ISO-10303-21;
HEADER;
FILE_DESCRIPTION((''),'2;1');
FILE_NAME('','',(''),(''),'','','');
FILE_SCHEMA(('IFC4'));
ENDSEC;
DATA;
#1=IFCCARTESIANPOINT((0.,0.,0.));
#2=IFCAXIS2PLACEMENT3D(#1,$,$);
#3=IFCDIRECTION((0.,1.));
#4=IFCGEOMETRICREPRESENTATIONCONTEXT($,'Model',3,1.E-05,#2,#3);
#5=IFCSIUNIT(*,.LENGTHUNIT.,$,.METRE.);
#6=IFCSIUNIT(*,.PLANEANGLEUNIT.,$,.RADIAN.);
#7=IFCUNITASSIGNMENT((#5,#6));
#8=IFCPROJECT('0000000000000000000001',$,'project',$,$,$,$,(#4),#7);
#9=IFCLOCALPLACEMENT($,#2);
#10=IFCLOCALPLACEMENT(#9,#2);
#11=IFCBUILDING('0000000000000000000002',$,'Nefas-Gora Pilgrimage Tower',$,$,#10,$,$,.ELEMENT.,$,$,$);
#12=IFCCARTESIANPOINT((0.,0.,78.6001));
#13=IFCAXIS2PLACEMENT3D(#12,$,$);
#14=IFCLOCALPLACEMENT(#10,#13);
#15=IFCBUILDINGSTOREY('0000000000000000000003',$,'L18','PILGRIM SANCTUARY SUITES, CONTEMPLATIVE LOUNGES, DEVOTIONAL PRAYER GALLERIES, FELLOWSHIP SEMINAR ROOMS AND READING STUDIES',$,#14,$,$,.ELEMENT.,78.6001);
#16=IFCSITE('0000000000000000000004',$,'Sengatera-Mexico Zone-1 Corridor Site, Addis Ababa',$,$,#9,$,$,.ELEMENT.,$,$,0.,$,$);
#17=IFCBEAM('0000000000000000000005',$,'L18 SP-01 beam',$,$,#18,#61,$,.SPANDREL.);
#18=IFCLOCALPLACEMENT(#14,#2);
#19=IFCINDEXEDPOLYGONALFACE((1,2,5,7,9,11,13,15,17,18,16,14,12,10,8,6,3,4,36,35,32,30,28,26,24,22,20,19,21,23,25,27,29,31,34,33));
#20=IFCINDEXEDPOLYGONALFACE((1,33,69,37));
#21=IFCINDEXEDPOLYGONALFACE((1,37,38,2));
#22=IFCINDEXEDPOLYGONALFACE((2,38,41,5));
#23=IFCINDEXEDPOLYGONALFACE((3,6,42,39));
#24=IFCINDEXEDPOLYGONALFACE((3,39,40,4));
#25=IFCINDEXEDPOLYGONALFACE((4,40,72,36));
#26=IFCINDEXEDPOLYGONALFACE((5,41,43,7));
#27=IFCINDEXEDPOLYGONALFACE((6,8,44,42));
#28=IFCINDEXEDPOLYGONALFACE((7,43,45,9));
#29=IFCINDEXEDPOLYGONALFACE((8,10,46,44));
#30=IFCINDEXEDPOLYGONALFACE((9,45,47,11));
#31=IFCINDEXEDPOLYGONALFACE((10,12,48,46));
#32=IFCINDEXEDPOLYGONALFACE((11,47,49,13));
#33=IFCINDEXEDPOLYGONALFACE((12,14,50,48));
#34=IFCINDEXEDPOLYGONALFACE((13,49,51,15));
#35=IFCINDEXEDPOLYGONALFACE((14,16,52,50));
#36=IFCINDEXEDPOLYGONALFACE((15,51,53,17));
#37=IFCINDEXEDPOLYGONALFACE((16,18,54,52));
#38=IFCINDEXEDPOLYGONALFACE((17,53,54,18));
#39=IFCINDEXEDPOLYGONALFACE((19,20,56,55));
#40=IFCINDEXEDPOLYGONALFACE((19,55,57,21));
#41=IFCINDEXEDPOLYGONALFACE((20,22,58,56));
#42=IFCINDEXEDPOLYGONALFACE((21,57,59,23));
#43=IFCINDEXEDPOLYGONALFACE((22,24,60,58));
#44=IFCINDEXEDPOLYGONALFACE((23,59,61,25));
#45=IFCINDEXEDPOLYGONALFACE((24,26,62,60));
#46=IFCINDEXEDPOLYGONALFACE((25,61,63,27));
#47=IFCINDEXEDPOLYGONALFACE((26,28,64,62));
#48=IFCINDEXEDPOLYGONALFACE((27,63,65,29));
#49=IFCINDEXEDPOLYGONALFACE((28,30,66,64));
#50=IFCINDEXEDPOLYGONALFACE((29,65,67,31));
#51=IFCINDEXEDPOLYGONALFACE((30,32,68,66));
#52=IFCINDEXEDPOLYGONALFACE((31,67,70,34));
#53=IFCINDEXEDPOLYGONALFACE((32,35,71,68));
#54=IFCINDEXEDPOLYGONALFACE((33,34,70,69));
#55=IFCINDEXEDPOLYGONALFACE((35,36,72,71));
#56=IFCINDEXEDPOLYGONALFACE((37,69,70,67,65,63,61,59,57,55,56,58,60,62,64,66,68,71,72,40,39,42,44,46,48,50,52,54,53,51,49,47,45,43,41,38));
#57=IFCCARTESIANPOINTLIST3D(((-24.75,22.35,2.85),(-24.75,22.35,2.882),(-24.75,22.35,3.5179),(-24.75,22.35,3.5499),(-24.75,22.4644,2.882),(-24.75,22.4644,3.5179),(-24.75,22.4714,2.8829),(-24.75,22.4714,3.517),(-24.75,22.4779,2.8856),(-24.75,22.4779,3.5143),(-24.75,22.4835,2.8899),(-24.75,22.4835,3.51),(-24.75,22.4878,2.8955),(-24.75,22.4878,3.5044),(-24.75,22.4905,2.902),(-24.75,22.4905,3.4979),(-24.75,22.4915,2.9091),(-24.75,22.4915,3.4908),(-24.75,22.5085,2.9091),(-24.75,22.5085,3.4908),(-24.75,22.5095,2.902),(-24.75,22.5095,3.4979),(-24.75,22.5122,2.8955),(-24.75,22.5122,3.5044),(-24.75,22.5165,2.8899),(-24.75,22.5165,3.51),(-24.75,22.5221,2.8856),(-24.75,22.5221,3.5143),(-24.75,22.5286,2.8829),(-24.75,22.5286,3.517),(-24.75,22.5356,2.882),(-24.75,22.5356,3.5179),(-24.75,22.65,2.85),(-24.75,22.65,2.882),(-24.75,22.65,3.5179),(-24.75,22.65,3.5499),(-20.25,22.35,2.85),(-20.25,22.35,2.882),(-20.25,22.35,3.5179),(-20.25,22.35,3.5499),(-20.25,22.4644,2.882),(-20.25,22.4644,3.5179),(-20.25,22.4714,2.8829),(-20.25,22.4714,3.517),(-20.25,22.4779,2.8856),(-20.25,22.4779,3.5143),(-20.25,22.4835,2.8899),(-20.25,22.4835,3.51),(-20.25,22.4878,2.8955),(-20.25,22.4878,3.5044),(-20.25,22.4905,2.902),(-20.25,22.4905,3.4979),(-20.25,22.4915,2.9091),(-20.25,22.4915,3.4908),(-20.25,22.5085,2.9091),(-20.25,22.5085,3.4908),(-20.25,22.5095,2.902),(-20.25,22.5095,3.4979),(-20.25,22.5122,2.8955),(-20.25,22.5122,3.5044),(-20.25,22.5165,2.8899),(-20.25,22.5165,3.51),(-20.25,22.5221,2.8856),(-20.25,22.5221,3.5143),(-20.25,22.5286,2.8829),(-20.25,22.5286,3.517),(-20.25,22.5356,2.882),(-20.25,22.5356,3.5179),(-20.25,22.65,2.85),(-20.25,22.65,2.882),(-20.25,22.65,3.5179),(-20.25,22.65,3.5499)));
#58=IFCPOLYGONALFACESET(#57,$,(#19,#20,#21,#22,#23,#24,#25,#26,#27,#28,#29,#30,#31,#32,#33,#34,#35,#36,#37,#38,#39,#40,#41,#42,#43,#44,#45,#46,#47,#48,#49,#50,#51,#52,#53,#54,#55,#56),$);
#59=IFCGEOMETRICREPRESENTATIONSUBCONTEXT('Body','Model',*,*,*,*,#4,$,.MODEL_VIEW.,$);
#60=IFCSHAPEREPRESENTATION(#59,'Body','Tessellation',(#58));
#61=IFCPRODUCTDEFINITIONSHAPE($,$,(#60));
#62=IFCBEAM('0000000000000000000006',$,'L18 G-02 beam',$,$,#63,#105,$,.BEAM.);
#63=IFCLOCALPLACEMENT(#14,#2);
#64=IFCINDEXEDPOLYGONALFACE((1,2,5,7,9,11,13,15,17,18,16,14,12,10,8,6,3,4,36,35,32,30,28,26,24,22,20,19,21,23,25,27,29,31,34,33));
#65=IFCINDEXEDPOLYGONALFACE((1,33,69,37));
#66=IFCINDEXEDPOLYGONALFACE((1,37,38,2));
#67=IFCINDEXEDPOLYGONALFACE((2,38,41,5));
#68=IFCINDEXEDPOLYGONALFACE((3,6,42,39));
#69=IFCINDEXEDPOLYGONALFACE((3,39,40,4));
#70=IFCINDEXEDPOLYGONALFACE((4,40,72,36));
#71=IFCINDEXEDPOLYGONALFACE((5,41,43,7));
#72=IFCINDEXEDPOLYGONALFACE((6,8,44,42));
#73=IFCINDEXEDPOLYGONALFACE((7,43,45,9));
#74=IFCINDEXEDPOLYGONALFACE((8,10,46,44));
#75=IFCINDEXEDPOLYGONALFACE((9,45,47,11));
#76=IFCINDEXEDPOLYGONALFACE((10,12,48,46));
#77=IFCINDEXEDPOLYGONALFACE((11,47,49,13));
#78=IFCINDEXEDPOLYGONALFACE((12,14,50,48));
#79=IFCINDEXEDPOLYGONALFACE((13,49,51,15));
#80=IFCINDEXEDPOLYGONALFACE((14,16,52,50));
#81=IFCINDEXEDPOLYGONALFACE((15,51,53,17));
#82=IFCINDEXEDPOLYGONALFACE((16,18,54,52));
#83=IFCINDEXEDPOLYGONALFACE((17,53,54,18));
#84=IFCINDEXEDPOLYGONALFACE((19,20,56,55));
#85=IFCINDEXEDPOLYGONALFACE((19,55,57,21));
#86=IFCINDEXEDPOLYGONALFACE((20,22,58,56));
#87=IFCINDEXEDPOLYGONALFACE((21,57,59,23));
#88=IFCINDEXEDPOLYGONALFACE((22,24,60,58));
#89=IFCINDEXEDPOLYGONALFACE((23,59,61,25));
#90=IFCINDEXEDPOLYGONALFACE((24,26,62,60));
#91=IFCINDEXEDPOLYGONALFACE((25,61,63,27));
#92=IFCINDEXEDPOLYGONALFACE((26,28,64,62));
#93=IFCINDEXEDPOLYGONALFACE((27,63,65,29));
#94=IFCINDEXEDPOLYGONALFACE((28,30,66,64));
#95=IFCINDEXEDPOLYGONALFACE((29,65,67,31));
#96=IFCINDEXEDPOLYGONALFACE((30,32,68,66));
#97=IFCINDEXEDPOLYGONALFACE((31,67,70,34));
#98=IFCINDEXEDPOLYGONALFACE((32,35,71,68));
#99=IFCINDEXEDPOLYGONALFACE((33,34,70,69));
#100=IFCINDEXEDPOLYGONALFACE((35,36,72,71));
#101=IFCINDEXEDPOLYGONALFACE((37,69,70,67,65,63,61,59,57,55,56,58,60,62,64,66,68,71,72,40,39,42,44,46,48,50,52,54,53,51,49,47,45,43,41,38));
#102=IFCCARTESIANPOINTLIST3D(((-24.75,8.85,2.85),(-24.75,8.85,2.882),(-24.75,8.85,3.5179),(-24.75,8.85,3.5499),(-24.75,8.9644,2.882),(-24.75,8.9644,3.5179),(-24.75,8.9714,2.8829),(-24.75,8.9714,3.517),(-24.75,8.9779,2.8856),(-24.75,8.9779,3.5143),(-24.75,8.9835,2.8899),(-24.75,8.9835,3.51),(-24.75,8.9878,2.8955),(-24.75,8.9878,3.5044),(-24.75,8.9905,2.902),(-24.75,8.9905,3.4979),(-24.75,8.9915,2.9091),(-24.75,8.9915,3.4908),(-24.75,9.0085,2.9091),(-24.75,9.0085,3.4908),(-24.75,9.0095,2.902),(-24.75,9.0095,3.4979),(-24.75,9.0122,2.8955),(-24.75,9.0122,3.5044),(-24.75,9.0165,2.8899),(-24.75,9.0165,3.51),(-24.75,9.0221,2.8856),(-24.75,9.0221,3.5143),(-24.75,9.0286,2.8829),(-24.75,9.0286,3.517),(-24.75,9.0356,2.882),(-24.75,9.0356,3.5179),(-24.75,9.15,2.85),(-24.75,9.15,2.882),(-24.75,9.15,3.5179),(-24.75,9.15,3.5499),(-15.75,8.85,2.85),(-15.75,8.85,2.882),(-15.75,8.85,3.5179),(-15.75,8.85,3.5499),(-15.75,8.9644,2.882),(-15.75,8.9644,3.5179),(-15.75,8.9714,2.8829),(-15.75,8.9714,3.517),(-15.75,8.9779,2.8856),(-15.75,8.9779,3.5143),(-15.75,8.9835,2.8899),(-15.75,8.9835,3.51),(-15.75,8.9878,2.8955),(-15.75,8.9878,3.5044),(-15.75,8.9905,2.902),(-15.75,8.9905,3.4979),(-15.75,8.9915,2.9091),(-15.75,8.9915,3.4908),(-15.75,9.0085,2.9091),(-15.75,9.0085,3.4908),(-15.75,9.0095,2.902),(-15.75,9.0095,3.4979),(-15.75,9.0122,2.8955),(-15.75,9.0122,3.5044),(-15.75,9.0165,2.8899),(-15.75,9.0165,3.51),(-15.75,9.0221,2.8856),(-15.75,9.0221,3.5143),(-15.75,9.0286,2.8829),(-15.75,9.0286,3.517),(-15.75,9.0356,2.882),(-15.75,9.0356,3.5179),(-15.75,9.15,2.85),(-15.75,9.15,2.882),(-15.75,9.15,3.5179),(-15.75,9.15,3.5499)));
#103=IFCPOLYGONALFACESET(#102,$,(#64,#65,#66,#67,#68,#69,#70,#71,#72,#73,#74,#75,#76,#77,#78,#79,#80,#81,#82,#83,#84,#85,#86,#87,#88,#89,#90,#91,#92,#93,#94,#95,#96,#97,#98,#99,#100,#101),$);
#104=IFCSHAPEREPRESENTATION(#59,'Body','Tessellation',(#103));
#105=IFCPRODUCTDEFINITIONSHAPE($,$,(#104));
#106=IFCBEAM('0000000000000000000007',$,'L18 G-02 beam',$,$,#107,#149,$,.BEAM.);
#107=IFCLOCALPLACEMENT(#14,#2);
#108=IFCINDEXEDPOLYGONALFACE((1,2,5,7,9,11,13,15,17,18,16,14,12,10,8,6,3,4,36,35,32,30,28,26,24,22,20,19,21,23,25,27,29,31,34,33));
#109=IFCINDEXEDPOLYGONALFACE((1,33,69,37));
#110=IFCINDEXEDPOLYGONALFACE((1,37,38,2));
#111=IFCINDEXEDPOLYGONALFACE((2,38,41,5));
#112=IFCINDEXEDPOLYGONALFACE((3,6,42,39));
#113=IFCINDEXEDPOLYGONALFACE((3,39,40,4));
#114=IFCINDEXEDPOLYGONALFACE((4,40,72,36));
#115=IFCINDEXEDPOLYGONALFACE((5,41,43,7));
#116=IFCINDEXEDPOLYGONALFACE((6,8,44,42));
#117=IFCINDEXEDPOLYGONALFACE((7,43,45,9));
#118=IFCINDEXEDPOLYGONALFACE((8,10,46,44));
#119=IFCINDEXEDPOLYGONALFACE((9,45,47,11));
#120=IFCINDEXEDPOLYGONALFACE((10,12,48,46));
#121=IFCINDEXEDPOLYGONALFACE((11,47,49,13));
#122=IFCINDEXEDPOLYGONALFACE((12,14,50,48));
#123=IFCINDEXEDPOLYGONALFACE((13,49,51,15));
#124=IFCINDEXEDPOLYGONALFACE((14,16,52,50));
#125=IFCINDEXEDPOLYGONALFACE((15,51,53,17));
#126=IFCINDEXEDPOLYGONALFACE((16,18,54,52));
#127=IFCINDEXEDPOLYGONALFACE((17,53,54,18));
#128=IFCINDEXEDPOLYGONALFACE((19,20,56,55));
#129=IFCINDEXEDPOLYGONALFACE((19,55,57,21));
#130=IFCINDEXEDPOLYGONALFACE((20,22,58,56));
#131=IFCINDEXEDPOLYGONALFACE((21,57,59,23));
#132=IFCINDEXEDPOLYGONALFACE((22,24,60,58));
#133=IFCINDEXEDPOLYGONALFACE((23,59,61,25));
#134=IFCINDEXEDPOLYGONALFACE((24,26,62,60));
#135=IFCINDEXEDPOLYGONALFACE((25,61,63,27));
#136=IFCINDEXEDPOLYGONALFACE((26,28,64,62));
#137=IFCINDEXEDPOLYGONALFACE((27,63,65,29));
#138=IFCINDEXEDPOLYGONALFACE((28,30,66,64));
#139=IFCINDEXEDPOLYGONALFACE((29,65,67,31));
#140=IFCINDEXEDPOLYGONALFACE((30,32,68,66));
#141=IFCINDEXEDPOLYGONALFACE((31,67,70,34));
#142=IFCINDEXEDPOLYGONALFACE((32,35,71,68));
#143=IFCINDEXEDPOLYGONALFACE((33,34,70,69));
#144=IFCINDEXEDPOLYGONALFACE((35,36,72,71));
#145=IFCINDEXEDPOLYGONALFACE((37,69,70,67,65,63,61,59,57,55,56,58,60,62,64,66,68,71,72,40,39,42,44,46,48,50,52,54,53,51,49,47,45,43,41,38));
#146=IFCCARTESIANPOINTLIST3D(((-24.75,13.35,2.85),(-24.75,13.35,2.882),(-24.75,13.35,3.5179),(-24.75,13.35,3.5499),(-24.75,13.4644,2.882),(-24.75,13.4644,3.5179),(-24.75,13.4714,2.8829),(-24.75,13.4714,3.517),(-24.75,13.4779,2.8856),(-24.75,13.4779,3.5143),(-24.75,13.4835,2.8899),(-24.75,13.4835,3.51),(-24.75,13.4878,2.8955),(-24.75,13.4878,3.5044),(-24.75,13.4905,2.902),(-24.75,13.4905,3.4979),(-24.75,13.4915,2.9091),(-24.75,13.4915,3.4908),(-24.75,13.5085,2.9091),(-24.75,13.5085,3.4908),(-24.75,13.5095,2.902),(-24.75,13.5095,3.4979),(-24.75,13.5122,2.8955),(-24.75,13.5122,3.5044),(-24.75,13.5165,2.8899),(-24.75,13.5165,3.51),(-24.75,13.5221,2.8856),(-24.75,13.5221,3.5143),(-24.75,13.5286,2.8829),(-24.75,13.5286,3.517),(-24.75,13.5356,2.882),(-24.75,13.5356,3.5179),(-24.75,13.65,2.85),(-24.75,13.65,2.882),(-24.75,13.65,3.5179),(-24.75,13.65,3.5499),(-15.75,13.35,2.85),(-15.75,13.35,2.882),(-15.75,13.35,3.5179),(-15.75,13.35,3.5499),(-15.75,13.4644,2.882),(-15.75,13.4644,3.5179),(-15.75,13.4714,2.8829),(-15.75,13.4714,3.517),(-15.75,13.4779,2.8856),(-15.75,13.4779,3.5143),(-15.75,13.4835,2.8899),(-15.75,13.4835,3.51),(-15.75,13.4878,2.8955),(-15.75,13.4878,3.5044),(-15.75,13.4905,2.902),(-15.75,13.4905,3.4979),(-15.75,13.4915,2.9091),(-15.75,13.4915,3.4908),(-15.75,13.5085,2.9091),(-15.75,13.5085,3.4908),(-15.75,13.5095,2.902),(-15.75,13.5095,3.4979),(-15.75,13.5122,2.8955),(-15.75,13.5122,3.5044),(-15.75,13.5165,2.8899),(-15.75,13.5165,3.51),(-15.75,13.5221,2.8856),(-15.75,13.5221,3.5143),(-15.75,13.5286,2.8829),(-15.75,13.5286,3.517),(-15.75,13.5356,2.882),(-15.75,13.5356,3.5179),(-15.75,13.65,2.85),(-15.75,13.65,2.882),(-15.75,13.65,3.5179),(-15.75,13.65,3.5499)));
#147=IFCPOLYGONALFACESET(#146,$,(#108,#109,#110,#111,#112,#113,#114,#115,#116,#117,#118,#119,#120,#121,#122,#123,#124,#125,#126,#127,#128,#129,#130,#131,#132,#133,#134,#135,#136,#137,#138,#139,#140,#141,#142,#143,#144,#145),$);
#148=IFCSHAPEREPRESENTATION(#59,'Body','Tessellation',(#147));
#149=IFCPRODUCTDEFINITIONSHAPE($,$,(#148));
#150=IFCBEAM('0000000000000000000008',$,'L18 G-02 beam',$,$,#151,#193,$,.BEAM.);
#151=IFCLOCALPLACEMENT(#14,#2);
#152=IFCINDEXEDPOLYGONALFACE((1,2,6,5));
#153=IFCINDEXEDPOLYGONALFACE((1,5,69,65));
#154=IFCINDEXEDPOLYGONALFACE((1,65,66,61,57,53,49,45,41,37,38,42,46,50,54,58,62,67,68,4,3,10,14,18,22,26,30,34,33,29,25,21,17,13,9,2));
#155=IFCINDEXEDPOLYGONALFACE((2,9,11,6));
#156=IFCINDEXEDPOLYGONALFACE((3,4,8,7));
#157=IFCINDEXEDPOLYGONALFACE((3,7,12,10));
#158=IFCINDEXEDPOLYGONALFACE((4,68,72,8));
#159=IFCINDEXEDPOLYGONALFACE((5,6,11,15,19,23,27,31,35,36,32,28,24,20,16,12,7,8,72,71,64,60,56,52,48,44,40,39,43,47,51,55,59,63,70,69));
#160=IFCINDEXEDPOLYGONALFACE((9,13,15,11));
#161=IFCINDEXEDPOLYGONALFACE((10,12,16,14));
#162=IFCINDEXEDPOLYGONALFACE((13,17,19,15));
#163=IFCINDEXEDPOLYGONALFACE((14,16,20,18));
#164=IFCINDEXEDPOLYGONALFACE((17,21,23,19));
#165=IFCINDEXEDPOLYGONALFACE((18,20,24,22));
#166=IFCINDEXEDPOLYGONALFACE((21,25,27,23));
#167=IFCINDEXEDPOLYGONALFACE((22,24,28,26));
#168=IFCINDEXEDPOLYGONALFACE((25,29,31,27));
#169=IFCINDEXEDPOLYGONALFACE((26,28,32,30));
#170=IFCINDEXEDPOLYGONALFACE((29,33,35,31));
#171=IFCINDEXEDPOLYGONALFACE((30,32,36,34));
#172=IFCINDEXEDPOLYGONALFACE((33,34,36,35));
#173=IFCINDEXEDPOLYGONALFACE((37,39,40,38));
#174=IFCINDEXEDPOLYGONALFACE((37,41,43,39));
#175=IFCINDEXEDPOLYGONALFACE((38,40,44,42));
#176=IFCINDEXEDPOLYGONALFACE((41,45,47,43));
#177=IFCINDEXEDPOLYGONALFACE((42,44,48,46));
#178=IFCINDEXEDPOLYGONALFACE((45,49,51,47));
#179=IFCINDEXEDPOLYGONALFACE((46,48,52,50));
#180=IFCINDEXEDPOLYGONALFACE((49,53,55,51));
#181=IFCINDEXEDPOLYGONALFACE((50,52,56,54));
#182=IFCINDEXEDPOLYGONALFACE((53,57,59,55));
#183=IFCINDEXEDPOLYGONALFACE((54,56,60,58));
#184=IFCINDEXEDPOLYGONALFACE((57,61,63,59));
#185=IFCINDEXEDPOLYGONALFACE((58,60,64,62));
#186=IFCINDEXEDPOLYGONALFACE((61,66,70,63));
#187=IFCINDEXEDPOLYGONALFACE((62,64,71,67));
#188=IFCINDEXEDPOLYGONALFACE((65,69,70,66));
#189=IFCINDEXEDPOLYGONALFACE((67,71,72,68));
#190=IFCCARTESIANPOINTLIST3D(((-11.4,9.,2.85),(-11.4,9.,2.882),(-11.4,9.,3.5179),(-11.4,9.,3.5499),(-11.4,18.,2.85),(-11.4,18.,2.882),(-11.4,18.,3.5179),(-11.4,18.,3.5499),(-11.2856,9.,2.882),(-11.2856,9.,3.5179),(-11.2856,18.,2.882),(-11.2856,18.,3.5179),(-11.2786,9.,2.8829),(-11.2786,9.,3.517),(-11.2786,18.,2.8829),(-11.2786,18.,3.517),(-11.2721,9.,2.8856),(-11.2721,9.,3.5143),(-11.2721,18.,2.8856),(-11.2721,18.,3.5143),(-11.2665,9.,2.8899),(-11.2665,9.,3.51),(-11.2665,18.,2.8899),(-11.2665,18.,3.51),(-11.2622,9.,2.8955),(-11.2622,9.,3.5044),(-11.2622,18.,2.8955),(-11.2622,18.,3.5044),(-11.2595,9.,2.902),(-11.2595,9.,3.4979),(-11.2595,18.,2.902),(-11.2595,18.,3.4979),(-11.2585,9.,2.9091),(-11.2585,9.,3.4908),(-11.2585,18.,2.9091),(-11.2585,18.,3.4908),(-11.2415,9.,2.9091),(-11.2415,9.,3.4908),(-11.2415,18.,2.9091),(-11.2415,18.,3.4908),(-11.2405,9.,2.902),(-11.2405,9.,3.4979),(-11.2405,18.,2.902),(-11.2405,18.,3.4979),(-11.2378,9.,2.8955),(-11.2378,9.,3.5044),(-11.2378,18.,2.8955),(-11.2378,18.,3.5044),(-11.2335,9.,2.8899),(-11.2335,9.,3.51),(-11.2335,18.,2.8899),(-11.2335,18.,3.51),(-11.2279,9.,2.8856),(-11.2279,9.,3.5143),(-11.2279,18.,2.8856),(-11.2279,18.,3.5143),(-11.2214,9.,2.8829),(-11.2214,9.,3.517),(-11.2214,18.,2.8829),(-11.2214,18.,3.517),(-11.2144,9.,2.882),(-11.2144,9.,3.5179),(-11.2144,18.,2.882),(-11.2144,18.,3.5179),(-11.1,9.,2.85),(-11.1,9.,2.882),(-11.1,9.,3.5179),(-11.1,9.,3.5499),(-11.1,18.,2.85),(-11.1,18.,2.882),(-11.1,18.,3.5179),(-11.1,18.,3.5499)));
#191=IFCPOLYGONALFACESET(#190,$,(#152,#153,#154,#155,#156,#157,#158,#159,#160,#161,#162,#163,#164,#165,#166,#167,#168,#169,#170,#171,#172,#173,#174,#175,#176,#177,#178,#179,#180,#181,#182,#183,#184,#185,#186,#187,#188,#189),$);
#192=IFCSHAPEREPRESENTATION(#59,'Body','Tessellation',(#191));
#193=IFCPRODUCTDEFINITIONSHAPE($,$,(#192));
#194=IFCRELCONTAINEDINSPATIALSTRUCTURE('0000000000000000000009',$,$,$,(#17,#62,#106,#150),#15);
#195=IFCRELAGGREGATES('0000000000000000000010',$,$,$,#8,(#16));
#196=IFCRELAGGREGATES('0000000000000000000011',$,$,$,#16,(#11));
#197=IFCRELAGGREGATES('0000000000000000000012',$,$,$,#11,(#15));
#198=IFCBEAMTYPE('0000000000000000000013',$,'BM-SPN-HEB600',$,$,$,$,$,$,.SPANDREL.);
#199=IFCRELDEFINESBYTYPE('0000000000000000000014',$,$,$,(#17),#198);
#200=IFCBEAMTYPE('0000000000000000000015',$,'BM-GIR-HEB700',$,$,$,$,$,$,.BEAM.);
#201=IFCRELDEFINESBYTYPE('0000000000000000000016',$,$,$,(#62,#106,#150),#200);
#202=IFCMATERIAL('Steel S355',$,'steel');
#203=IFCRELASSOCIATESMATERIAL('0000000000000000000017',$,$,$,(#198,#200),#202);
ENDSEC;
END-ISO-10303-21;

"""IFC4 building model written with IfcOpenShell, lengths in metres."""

from ifc_helpers import new_model, si_unit, direction, frame, origin, origin_2d, place, context, subcontext, project, spatial, i_section, extrude, source, transform, mapped, material, material_profile, profile_set, type_object, element, save


model = new_model("IFC4")

# Units and contexts
model_context = context("Model", 3, precision=1e-05, world=origin(), true_north=direction((0.0, 1.0)))
body_context = subcontext(model_context, "Body", "Model", "MODEL_VIEW")
ifc_project = project(units=[si_unit("LENGTHUNIT", "METRE"), si_unit("PLANEANGLEUNIT", "RADIAN")], contexts=[model_context])

# Site, building, storey
site_placement = place(None, origin())
site = spatial("IfcSite", under=ifc_project, at=site_placement, Name="Sengatera-Mexico Zone-1 Corridor Site, Addis Ababa", CompositionType="ELEMENT", RefElevation=0.0)
building_placement = place(site_placement, origin())
building = spatial("IfcBuilding", under=site, at=building_placement, Name="Nefas-Gora Pilgrimage Tower", CompositionType="ELEMENT")
storey_placement = place(building_placement, frame((0.0, 0.0, 78.6001)))
storey = spatial("IfcBuildingStorey", under=building, at=storey_placement, Name="L18", Description="PILGRIM SANCTUARY SUITES, CONTEMPLATIVE LOUNGES, DEVOTIONAL PRAYER GALLERIES, FELLOWSHIP SEMINAR ROOMS AND READING STUDIES", CompositionType="ELEMENT", Elevation=78.6001)

# Beams
ifc_material_1 = material(Name="Steel S355", Category="steel")
ifc_material_profile_1 = material_profile(ifc_material_1, i_section(OverallWidth=0.3, OverallDepth=0.7, WebThickness=0.0171, FlangeThickness=0.032, FilletRadius=0.0271, at=origin_2d()), Name="HEB 700")
ifc_profile_set_1 = profile_set([ifc_material_profile_1], Name="Steel S355")
beam_type_1 = type_object("IfcBeamType", Name="BM-SPN-HEB600", PredefinedType="SPANDREL", material=ifc_profile_set_1)
shared_shape_1 = source(origin(), body_context, "Body", "SweptSolid", [
    extrude(i_section(OverallWidth=0.3, OverallDepth=0.7, WebThickness=0.0171, FlangeThickness=0.032, FilletRadius=0.0271, at=origin_2d()), origin(), (0.0, 0.0, 1.0), 4.5),
])
beam_placement = place(storey_placement, frame((-24.75, 22.5, 3.2), z_axis=(1.0, 0.0, 0.0), x_axis=(0.0, 1.0, 0.0)))
element("IfcBeam", 1, at=beam_placement, inside=storey, type_object=beam_type_1, Name="L18 SP-01 beam", PredefinedType="SPANDREL", context=body_context, shape_type="MappedRepresentation", body=[
    mapped(shared_shape_1, transform((0.0, 0.0, 0.0), x_axis=(1.0, 0.0, 0.0), y_axis=(0.0, 1.0, 0.0), z_axis=(0.0, 0.0, 1.0), scale=1.0)),
])
ifc_material_profile_2 = material_profile(ifc_material_1, i_section(OverallWidth=0.3, OverallDepth=0.7, WebThickness=0.0171, FlangeThickness=0.032, FilletRadius=0.0271, at=origin_2d()), Name="HEB 700")
ifc_profile_set_2 = profile_set([ifc_material_profile_2], Name="Steel S355")
beam_type_2 = type_object("IfcBeamType", Name="BM-GIR-HEB700", PredefinedType="BEAM", material=ifc_profile_set_2)
shared_shape_2 = source(origin(), body_context, "Body", "SweptSolid", [
    extrude(i_section(OverallWidth=0.3, OverallDepth=0.7, WebThickness=0.0171, FlangeThickness=0.032, FilletRadius=0.0271, at=origin_2d()), origin(), (0.0, 0.0, 1.0), 9.0),
])
for number, where, z_axis, x_axis, name in (
    (2, (-24.75, 9.0, 3.2), (1.0, 0.0, 0.0), (0.0, 1.0, 0.0), "L18 G-02 beam"),
    (3, (-24.75, 13.5, 3.2), (1.0, 0.0, 0.0), (0.0, 1.0, 0.0), "L18 G-02 beam"),
    (4, (-11.25, 9.0, 3.2), (0.0, 1.0, 0.0), (-1.0, 0.0, 0.0), "L18 G-02 beam"),
):
    element("IfcBeam", number, at=place(storey_placement, frame(where, z_axis=z_axis, x_axis=x_axis)), inside=storey, type_object=beam_type_2, Name=name, PredefinedType="BEAM", context=body_context, shape_type="MappedRepresentation", body=[
        mapped(shared_shape_2, transform((0.0, 0.0, 0.0), x_axis=(1.0, 0.0, 0.0), y_axis=(0.0, 1.0, 0.0), z_axis=(0.0, 0.0, 1.0), scale=1.0)),
    ])

save(model, "model.ifc")
